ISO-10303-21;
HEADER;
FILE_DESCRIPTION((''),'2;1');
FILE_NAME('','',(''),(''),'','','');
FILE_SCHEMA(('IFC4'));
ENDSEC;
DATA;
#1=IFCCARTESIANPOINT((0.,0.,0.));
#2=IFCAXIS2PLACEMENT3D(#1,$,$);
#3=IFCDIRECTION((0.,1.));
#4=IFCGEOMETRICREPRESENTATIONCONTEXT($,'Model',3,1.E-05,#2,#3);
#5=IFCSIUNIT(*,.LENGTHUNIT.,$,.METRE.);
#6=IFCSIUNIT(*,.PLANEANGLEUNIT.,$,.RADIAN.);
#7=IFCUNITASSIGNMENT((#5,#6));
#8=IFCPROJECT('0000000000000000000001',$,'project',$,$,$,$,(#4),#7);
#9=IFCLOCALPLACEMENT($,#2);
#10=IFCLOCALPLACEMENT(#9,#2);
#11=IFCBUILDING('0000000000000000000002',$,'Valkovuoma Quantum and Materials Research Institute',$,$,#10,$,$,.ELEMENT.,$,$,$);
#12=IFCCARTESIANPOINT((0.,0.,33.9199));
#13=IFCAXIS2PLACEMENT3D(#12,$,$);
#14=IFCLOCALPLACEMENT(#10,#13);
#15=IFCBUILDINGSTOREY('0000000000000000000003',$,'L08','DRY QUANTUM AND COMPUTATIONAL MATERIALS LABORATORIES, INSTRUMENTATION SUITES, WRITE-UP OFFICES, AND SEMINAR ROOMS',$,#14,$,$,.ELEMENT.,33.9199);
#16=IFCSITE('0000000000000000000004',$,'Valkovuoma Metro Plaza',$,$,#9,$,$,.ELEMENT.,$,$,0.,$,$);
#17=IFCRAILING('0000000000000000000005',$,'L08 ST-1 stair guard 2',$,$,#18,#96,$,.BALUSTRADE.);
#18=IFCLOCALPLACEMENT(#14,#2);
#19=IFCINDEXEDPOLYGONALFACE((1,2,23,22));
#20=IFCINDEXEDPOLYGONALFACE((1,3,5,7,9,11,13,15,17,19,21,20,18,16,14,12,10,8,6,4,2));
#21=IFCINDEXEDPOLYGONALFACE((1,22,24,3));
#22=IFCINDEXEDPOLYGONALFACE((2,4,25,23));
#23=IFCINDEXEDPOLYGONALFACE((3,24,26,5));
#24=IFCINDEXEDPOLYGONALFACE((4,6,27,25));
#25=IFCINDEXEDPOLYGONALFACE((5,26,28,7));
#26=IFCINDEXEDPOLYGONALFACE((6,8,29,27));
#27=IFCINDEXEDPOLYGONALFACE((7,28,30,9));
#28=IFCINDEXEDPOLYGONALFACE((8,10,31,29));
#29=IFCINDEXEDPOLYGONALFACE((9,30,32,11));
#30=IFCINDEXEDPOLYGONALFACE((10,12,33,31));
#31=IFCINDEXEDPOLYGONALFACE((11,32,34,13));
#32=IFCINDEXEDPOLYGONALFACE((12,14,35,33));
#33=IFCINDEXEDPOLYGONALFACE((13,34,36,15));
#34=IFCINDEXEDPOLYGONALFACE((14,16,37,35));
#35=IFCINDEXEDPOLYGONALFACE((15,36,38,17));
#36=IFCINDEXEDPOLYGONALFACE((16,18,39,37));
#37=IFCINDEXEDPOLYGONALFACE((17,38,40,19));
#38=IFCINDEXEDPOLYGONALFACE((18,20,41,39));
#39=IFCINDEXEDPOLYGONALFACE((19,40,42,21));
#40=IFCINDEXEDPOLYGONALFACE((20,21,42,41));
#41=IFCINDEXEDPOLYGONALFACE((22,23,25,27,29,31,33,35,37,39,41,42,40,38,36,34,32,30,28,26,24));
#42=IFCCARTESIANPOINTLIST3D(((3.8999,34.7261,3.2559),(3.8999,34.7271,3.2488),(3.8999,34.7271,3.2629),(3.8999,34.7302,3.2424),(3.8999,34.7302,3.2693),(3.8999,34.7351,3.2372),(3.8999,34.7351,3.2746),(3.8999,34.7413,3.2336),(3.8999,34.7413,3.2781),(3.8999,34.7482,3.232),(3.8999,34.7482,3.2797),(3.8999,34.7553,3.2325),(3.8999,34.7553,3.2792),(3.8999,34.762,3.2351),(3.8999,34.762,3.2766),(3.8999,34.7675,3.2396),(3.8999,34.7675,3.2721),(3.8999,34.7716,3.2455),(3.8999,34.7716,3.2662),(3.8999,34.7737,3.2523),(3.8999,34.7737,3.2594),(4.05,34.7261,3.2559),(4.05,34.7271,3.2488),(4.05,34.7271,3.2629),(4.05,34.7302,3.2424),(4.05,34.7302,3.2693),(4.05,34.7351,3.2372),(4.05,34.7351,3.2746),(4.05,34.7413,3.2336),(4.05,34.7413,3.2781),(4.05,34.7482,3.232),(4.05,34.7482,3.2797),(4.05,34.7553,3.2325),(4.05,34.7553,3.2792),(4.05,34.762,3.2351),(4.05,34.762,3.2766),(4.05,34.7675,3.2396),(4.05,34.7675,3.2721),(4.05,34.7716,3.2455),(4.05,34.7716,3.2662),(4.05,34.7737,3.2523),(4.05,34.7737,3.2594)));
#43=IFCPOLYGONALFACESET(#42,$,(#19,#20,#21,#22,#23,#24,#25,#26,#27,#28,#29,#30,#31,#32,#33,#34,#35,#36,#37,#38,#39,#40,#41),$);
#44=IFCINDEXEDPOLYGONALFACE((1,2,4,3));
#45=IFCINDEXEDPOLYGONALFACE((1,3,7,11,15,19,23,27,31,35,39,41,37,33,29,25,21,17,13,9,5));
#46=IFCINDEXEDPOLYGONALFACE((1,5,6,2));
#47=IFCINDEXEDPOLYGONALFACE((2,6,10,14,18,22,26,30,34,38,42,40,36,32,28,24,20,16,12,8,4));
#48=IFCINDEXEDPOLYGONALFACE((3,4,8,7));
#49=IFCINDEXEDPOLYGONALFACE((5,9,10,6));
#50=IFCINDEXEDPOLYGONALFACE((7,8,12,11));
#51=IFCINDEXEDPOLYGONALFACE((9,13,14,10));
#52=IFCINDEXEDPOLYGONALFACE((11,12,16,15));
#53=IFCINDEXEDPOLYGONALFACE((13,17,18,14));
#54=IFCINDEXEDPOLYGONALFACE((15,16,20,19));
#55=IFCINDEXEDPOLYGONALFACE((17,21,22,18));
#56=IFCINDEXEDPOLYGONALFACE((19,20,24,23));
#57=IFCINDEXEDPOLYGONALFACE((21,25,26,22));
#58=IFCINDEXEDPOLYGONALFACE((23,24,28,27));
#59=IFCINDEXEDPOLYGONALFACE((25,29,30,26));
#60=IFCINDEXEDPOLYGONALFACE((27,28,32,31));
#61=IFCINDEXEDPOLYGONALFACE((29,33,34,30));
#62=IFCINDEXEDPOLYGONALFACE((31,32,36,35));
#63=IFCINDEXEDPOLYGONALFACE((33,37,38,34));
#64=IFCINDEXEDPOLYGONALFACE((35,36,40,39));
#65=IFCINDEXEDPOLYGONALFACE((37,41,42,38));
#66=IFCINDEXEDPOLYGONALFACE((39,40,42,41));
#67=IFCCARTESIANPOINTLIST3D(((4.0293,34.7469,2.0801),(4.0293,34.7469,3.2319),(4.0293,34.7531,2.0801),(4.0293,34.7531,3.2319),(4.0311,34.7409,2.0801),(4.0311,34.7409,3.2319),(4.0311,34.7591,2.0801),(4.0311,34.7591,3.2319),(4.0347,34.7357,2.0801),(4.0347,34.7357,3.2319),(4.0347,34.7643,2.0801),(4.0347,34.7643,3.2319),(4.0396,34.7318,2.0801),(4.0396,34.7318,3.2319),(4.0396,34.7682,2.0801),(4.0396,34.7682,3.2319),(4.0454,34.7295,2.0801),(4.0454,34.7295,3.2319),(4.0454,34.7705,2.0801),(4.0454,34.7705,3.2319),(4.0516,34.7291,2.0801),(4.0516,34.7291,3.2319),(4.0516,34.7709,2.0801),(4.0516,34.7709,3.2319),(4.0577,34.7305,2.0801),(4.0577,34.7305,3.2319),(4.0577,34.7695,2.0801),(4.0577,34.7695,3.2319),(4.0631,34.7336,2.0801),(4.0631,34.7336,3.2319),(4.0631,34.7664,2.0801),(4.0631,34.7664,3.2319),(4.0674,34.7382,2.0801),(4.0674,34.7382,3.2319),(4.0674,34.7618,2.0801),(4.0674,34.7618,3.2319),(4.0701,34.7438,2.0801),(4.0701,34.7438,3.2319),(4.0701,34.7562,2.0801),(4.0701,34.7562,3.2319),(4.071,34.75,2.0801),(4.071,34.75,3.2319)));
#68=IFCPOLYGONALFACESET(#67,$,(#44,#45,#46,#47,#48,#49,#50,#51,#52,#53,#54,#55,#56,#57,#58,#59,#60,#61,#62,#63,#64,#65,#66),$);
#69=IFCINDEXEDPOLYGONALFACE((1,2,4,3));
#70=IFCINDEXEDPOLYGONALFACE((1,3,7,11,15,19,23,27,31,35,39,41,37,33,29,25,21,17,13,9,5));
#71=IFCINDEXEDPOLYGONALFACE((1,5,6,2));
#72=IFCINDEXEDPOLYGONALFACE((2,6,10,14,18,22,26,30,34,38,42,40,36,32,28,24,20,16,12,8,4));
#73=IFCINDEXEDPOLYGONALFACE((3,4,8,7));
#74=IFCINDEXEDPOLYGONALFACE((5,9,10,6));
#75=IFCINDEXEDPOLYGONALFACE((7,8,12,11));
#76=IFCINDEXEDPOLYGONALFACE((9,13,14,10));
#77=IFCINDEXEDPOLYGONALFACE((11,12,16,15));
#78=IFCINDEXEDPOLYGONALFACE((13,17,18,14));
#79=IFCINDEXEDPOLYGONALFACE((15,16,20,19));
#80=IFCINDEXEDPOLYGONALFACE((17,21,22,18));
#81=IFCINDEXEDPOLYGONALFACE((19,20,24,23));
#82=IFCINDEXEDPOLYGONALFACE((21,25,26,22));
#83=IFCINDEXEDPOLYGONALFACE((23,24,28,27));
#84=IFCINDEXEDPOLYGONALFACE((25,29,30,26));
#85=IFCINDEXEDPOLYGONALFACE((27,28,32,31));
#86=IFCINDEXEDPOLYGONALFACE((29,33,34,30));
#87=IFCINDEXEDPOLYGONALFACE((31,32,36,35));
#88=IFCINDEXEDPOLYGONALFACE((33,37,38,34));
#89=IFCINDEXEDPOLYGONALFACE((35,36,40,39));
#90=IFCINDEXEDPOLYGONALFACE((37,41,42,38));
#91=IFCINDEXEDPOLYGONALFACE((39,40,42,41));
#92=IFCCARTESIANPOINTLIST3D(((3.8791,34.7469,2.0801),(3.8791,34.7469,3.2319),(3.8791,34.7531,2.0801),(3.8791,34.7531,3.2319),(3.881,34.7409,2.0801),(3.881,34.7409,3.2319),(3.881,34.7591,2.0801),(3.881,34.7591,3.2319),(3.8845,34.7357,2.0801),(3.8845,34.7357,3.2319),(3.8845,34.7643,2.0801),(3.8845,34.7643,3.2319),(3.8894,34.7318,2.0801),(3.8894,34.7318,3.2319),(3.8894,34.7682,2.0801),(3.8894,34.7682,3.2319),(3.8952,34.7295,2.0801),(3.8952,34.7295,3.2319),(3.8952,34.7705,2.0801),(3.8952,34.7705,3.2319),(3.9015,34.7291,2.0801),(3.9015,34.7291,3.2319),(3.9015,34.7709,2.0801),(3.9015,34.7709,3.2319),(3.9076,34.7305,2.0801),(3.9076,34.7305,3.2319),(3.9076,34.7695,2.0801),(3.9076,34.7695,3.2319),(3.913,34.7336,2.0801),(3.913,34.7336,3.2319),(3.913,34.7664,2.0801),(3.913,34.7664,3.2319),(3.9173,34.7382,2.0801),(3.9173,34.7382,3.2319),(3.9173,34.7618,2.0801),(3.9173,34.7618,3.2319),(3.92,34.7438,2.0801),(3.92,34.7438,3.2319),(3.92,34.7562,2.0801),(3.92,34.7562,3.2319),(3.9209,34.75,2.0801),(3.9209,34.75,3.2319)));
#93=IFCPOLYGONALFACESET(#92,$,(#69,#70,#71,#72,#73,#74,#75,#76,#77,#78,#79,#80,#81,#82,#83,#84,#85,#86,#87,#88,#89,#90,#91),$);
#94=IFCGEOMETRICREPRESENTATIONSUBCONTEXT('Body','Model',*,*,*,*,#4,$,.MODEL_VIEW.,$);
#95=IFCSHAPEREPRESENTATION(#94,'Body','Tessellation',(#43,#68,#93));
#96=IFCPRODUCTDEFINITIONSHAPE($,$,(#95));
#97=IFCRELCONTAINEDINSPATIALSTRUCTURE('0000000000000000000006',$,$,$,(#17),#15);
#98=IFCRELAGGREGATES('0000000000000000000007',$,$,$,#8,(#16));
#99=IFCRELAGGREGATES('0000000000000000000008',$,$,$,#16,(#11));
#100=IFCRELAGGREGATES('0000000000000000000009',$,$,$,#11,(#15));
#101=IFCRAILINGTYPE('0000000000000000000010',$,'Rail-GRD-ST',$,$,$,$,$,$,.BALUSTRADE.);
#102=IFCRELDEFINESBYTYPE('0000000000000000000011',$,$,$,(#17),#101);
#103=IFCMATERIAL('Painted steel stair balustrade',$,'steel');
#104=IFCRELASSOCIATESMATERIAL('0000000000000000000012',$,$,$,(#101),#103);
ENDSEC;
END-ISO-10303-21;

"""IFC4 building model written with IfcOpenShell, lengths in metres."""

from ifc_helpers import new_model, si_unit, direction, frame, origin, origin_2d, place, context, subcontext, project, spatial, circle, extrude, material, type_object, element, save


model = new_model("IFC4")

# Units and contexts
model_context = context("Model", 3, precision=1e-05, world=origin(), true_north=direction((0.0, 1.0)))
body_context = subcontext(model_context, "Body", "Model", "MODEL_VIEW")
ifc_project = project(units=[si_unit("LENGTHUNIT", "METRE"), si_unit("PLANEANGLEUNIT", "RADIAN")], contexts=[model_context])

# Site, building, storey
site_placement = place(None, origin())
site = spatial("IfcSite", under=ifc_project, at=site_placement, Name="Valkovuoma Metro Plaza", CompositionType="ELEMENT", RefElevation=0.0)
building_placement = place(site_placement, origin())
building = spatial("IfcBuilding", under=site, at=building_placement, Name="Valkovuoma Quantum and Materials Research Institute", CompositionType="ELEMENT")
storey_placement = place(building_placement, frame((0.0, 0.0, 33.9199)))
storey = spatial("IfcBuildingStorey", under=building, at=storey_placement, Name="L08", Description="DRY QUANTUM AND COMPUTATIONAL MATERIALS LABORATORIES, INSTRUMENTATION SUITES, WRITE-UP OFFICES, AND SEMINAR ROOMS", CompositionType="ELEMENT", Elevation=33.9199)

# Railing
ifc_material_1 = material(Name="Painted steel stair balustrade", Category="steel")
railing_type_1 = type_object("IfcRailingType", Name="Rail-GRD-ST", PredefinedType="BALUSTRADE", material=ifc_material_1)
railing_1_placement = place(storey_placement, frame((4.05, 34.75, 2.0801)))
element("IfcRailing", 1, at=railing_1_placement, inside=storey, type_object=railing_type_1, Name="L08 ST-1 stair guard 2", PredefinedType="BALUSTRADE", context=body_context, shape_type="SweptSolid", body=[
    extrude(circle(Radius=0.0239, at=origin_2d()), frame((0.0, 0.0, 1.1758), z_axis=(-1.0, 0.0, 0.0), x_axis=(0.0, -1.0, 0.0)), (0.0, 0.0, 1.0), 0.1501),
    extrude(circle(Radius=0.021, at=origin_2d()), origin(), (0.0, 0.0, 1.0), 1.1519),
    extrude(circle(Radius=0.021, at=origin_2d()), frame((-0.1501, 0.0, 0.0)), (0.0, 0.0, 1.0), 1.1519),
])

save(model, "model.ifc")
